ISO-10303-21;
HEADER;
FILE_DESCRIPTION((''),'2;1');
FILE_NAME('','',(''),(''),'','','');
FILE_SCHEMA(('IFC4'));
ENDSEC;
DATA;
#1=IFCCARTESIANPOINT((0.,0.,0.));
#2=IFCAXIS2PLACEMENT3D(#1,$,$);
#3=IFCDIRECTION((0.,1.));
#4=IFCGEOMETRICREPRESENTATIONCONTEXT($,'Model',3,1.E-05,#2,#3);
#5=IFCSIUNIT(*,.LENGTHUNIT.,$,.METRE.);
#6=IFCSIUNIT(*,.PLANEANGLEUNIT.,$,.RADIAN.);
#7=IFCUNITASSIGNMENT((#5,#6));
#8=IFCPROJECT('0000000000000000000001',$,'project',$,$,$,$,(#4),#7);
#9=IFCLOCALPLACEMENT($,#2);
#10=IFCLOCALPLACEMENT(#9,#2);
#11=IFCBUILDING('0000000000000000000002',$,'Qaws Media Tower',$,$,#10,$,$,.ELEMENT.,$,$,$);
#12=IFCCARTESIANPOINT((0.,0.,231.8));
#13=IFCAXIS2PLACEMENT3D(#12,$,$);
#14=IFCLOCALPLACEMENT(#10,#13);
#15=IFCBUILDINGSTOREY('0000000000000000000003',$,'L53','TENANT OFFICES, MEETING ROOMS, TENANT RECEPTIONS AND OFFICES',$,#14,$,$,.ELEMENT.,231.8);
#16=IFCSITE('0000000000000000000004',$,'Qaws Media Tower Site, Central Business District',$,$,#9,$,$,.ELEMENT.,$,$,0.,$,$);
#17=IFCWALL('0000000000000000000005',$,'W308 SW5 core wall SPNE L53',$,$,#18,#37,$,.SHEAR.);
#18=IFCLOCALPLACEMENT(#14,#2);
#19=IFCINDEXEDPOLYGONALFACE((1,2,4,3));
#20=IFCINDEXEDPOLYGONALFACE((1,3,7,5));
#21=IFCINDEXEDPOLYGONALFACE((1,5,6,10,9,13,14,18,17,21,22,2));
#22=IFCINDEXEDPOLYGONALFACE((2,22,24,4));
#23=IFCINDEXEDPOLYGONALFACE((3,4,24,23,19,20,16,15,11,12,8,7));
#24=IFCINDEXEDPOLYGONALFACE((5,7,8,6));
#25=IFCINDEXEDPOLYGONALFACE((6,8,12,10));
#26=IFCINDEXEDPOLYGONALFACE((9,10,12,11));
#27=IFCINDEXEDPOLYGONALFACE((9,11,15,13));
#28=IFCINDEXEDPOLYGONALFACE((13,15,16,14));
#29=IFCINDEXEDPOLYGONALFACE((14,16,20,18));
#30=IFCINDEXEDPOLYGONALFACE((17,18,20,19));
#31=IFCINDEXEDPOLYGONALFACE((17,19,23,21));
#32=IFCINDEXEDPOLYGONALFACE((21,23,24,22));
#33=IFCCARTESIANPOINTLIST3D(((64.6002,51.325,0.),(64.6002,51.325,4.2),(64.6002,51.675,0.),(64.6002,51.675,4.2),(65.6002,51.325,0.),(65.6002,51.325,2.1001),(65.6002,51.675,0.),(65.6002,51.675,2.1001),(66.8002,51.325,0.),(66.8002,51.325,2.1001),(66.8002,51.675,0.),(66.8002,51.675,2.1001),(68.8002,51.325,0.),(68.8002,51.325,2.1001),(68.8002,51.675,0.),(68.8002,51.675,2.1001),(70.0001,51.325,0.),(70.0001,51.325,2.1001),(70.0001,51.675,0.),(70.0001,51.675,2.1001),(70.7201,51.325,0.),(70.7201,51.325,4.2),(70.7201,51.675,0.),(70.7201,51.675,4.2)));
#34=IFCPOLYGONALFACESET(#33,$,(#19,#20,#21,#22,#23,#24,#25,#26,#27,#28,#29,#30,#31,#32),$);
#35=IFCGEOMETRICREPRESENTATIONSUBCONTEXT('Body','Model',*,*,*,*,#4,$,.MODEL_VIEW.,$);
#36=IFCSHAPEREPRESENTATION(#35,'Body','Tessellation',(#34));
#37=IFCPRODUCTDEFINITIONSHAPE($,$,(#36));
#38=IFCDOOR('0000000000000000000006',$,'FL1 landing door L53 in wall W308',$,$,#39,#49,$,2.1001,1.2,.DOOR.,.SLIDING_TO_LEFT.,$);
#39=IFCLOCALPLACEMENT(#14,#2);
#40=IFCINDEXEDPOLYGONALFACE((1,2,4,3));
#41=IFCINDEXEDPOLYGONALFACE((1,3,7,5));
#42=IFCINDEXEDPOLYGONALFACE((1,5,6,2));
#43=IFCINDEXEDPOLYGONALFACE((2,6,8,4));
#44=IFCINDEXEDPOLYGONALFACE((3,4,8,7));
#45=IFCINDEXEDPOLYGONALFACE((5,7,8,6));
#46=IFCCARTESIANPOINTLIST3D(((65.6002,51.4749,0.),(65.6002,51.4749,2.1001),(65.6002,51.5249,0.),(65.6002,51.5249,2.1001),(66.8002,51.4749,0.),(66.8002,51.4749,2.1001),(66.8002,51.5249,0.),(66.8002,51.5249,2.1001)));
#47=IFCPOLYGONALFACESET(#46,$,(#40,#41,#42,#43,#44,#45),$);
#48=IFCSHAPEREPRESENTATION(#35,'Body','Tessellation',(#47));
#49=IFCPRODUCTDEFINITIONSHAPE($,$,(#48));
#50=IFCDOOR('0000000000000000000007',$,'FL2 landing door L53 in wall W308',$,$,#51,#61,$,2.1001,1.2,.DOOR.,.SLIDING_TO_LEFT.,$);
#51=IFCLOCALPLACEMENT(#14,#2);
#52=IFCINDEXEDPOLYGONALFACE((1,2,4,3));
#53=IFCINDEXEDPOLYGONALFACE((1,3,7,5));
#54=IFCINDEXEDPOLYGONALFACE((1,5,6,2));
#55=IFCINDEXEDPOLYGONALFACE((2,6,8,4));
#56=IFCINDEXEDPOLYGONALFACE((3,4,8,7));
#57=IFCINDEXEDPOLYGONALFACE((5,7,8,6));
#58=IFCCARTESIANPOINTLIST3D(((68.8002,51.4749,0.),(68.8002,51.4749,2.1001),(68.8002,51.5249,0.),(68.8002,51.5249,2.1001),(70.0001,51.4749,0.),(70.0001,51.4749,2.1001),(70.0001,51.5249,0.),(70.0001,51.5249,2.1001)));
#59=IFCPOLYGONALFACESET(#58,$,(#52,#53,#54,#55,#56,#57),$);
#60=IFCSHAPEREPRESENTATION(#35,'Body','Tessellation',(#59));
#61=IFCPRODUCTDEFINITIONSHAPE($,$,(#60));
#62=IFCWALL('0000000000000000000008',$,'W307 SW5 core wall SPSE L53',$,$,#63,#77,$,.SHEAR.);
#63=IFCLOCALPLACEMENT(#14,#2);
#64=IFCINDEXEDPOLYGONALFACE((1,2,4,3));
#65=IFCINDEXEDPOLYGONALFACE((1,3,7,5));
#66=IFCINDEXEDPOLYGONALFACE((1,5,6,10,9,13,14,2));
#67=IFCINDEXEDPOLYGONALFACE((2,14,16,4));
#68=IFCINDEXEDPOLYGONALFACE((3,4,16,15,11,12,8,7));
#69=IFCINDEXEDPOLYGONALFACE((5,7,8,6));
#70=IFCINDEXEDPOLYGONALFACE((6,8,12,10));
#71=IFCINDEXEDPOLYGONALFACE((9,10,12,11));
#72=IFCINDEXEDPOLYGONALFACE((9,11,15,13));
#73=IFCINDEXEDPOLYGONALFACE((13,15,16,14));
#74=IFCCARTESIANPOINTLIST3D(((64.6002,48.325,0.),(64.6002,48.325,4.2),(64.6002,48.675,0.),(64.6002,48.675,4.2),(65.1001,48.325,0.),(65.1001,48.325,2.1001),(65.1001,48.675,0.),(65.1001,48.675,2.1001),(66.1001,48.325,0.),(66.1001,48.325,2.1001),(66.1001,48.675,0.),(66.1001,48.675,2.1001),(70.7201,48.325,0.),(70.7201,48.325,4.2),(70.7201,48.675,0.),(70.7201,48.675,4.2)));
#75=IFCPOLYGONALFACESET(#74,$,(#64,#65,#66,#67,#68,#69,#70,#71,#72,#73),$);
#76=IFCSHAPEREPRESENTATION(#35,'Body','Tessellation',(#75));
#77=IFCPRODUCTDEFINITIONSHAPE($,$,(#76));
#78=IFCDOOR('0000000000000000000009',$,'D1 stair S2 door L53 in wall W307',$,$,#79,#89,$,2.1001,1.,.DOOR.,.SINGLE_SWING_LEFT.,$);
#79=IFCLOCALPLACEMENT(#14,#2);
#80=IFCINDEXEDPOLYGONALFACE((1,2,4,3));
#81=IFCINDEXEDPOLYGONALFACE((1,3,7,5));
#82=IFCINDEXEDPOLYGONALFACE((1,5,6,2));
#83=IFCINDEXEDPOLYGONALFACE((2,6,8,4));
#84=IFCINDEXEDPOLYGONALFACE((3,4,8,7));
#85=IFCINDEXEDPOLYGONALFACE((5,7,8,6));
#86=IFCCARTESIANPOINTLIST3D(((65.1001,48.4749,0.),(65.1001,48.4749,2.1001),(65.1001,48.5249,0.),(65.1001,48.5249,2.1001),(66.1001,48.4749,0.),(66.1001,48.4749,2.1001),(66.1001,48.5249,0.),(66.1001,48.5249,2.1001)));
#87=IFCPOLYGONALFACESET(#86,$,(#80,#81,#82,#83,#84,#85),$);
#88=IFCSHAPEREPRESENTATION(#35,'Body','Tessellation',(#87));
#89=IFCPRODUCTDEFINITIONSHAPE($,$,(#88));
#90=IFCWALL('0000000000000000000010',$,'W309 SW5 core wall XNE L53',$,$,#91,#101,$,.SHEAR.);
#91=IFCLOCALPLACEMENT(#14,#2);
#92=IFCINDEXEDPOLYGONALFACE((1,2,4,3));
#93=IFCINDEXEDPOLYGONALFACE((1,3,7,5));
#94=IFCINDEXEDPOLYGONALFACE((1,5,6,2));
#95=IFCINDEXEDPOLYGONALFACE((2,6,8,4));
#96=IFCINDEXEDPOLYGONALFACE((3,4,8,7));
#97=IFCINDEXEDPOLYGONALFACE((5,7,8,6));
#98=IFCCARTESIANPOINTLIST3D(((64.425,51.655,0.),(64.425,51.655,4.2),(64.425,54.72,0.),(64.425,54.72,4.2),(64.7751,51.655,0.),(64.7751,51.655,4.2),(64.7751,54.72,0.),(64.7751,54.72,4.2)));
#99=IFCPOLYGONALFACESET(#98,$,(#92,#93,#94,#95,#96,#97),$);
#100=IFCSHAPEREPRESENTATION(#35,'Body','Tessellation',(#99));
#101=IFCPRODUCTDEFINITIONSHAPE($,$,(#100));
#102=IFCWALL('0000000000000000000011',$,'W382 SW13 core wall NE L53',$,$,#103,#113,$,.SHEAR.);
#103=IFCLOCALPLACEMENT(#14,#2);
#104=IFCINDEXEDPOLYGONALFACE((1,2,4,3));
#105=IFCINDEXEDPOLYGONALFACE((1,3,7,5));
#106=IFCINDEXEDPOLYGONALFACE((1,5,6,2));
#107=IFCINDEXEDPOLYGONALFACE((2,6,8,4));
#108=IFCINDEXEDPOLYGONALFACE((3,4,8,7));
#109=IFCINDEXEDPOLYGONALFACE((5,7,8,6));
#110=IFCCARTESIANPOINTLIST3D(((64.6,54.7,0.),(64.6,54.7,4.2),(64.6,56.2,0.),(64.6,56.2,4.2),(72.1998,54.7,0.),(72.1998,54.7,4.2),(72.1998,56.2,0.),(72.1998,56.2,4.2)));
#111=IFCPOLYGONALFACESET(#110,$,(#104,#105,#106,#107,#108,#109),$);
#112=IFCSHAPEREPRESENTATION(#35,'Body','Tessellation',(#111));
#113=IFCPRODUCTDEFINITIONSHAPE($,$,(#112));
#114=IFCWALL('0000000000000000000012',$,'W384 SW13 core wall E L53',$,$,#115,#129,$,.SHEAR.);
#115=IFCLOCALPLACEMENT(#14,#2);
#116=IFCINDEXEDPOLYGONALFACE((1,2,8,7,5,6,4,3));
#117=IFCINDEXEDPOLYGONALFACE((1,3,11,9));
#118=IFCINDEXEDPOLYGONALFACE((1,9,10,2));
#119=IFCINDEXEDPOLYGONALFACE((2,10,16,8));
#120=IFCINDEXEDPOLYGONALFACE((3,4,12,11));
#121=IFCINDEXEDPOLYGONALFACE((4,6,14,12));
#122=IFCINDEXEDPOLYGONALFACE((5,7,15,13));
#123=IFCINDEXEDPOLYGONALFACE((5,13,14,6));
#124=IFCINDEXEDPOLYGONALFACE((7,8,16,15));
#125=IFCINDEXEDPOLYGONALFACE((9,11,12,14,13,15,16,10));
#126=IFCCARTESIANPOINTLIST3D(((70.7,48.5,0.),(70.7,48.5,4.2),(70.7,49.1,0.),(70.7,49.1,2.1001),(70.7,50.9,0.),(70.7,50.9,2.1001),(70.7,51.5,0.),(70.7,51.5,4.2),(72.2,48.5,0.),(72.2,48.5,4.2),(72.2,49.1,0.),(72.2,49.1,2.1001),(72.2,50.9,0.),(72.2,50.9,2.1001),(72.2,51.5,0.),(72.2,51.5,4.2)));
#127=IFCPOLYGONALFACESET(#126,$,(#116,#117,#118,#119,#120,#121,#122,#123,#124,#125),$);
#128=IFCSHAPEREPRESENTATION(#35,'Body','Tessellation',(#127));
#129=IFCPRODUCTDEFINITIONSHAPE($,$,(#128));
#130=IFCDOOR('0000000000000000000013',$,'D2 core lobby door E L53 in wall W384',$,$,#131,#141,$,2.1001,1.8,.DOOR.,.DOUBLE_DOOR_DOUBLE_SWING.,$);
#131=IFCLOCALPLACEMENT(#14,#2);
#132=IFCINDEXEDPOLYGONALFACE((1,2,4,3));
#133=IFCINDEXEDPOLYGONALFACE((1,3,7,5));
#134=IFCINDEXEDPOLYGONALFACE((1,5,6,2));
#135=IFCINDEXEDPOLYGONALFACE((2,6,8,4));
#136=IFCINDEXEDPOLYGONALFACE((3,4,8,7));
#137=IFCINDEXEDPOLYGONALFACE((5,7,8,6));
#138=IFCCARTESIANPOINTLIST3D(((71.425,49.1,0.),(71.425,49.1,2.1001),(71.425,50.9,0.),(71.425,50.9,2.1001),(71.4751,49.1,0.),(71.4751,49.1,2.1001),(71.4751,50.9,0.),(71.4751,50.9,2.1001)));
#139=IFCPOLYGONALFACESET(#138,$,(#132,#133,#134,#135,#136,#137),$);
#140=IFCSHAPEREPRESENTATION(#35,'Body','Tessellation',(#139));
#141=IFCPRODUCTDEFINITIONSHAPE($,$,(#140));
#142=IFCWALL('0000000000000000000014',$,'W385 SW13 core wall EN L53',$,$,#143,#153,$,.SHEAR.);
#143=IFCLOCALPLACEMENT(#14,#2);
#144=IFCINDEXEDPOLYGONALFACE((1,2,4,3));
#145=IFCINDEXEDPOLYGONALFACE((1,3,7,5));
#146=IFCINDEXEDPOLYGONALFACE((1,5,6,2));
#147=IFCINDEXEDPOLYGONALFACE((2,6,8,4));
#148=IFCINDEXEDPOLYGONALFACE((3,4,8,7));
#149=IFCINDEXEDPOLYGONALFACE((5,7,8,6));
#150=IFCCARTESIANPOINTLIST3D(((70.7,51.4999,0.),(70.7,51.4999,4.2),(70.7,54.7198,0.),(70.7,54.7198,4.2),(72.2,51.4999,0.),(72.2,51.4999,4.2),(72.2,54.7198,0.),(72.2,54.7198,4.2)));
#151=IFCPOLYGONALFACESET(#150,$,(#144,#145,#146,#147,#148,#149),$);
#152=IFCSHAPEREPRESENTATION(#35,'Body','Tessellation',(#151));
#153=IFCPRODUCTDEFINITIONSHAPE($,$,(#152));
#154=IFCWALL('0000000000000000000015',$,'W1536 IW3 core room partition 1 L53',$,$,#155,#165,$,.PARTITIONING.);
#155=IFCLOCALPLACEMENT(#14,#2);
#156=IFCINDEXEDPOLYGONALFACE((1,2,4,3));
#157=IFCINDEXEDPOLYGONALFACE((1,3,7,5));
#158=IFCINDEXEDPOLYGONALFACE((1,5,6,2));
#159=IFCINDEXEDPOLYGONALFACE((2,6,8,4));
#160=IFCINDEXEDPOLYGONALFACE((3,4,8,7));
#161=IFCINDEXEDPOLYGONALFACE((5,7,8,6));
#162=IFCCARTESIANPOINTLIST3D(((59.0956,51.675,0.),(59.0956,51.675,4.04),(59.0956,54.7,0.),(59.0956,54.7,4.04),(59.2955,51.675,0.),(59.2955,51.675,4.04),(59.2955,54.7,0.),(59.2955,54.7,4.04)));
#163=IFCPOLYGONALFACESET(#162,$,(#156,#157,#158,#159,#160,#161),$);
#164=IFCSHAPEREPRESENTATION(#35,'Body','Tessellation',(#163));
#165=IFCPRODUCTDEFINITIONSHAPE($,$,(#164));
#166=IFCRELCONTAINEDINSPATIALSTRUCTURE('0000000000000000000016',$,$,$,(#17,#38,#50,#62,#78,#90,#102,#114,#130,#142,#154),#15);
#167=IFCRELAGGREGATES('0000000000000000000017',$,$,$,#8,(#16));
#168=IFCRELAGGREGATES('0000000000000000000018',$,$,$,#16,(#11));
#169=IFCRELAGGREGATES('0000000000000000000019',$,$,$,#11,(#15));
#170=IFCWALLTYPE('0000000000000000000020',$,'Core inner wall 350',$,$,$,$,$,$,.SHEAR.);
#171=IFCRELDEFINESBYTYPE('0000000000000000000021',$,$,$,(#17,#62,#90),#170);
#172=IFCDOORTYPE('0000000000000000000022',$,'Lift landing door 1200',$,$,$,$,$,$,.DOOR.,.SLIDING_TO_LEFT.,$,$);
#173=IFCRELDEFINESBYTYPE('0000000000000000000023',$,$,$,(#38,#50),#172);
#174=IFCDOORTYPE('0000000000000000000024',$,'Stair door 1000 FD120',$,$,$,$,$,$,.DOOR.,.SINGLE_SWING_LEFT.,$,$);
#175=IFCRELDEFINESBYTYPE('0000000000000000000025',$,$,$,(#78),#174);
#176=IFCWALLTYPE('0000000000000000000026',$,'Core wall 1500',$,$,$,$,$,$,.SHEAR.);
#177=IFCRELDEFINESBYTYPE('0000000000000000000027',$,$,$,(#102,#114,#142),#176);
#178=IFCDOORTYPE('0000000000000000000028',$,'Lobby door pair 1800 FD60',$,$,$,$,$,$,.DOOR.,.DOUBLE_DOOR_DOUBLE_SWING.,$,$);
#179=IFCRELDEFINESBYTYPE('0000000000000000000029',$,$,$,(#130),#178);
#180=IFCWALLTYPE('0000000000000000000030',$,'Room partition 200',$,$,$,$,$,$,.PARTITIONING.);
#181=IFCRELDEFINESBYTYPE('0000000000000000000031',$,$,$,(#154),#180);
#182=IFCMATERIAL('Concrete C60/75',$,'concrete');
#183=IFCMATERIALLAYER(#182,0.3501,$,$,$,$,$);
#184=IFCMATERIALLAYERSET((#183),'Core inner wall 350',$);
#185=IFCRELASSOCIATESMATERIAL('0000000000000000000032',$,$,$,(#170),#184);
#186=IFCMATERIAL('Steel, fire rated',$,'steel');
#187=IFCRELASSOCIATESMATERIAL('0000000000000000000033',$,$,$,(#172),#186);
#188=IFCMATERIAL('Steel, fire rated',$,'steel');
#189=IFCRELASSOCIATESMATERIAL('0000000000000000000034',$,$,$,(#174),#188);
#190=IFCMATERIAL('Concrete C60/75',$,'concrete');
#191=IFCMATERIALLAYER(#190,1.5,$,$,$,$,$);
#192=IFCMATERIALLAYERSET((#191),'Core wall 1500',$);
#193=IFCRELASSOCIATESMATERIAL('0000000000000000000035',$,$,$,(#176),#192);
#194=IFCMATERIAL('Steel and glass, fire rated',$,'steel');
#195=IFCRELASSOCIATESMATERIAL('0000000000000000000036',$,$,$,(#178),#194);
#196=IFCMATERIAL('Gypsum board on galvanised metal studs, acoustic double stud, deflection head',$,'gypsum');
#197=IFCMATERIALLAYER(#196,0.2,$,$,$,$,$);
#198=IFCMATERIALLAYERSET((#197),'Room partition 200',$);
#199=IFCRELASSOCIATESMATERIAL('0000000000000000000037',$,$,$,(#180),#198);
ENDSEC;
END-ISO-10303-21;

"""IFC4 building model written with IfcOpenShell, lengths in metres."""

from ifc_helpers import new_model, si_unit, direction, frame, frame_2d, origin, place, context, subcontext, project, spatial, rectangle, extrude, material, layer, layer_set, type_object, element, fill, save


model = new_model("IFC4")

# Units and contexts
model_context = context("Model", 3, precision=1e-05, world=origin(), true_north=direction((0.0, 1.0)))
body_context = subcontext(model_context, "Body", "Model", "MODEL_VIEW")
ifc_project = project(units=[si_unit("LENGTHUNIT", "METRE"), si_unit("PLANEANGLEUNIT", "RADIAN")], contexts=[model_context])

# Site, building, storey
site_placement = place(None, origin())
site = spatial("IfcSite", under=ifc_project, at=site_placement, Name="Qaws Media Tower Site, Central Business District", CompositionType="ELEMENT", RefElevation=0.0)
building_placement = place(site_placement, origin())
building = spatial("IfcBuilding", under=site, at=building_placement, Name="Qaws Media Tower", CompositionType="ELEMENT")
storey_placement = place(building_placement, frame((0.0, 0.0, 231.8)))
storey = spatial("IfcBuildingStorey", under=building, at=storey_placement, Name="L53", Description="TENANT OFFICES, MEETING ROOMS, TENANT RECEPTIONS AND OFFICES", CompositionType="ELEMENT", Elevation=231.8)

# Wall, openings, doors
ifc_material_1 = material(Name="Concrete C60/75", Category="concrete")
ifc_layer_1 = layer(ifc_material_1, 0.3501)
ifc_layer_set_1 = layer_set([ifc_layer_1], Name="Core inner wall 350")
wall_type_1 = type_object("IfcWallType", Name="Core inner wall 350", PredefinedType="SHEAR", material=ifc_layer_set_1)
wall_1_placement = place(storey_placement, frame((64.6001, 51.5, 0.0), z_axis=(0.0, 0.0, 1.0), x_axis=(1.0, 0.0, 0.0)))
wall_1 = element("IfcWall", 1, at=wall_1_placement, inside=storey, type_object=wall_type_1, Name="W308 SW5 core wall SPNE L53", PredefinedType="SHEAR", context=body_context, shape_type="SweptSolid", body=[
    extrude(rectangle(XDim=6.1199, YDim=0.3501, at=frame_2d((3.0601, 0.0))), origin(), (0.0, 0.0, 1.0), 4.2),
])
opening_1_placement = place(wall_1_placement, frame((1.0, 0.0, 0.0)))
opening_1 = element("IfcOpeningElement", 2, at=opening_1_placement, cuts=wall_1, PredefinedType="OPENING", context=body_context, shape_type="SweptSolid", body=[
    extrude(rectangle(XDim=1.2, YDim=2.1001, at=frame_2d((0.6001, 1.05))), frame((0.0, 0.1851, 0.0), z_axis=(0.0, -1.0, 0.0), x_axis=(1.0, 0.0, 0.0)), (0.0, 0.0, 1.0), 0.3701),
])
opening_2_placement = place(wall_1_placement, frame((4.2, 0.0, 0.0)))
opening_2 = element("IfcOpeningElement", 3, at=opening_2_placement, cuts=wall_1, PredefinedType="OPENING", context=body_context, shape_type="SweptSolid", body=[
    extrude(rectangle(XDim=1.2, YDim=2.1001, at=frame_2d((0.6001, 1.05))), frame((0.0, 0.1851, 0.0), z_axis=(0.0, -1.0, 0.0), x_axis=(1.0, 0.0, 0.0)), (0.0, 0.0, 1.0), 0.3701),
])
ifc_material_2 = material(Name="Steel, fire rated", Category="steel")
door_type_1 = type_object("IfcDoorType", Name="Lift landing door 1200", OperationType="SLIDING_TO_LEFT", PredefinedType="DOOR", material=ifc_material_2)
door_1_placement = place(opening_1_placement, origin())
door_1 = element("IfcDoor", 4, at=door_1_placement, inside=storey, type_object=door_type_1, Name="FL1 landing door L53 in wall W308", OperationType="SLIDING_TO_LEFT", OverallHeight=2.1001, OverallWidth=1.2, PredefinedType="DOOR", context=body_context, shape_type="SweptSolid", body=[
    extrude(rectangle(XDim=1.2, YDim=2.1001, at=frame_2d((0.6001, 1.05))), frame((0.0, 0.0249, 0.0), z_axis=(0.0, -1.0, 0.0), x_axis=(1.0, 0.0, 0.0)), (0.0, 0.0, 1.0), 0.05),
])
fill(opening_1, door_1)
door_2_placement = place(opening_2_placement, origin())
door_2 = element("IfcDoor", 5, at=door_2_placement, inside=storey, type_object=door_type_1, Name="FL2 landing door L53 in wall W308", OperationType="SLIDING_TO_LEFT", OverallHeight=2.1001, OverallWidth=1.2, PredefinedType="DOOR", context=body_context, shape_type="SweptSolid", body=[
    extrude(rectangle(XDim=1.2, YDim=2.1001, at=frame_2d((0.6001, 1.05))), frame((0.0, 0.0249, 0.0), z_axis=(0.0, -1.0, 0.0), x_axis=(1.0, 0.0, 0.0)), (0.0, 0.0, 1.0), 0.05),
])
fill(opening_2, door_2)

# Wall, opening, door
wall_2_placement = place(storey_placement, frame((64.6001, 48.5, 0.0), z_axis=(0.0, 0.0, 1.0), x_axis=(1.0, 0.0, 0.0)))
wall_2 = element("IfcWall", 6, at=wall_2_placement, inside=storey, type_object=wall_type_1, Name="W307 SW5 core wall SPSE L53", PredefinedType="SHEAR", context=body_context, shape_type="SweptSolid", body=[
    extrude(rectangle(XDim=6.1199, YDim=0.3501, at=frame_2d((3.0601, 0.0))), origin(), (0.0, 0.0, 1.0), 4.2),
])
opening_3_placement = place(wall_2_placement, frame((0.5, 0.0, 0.0)))
opening_3 = element("IfcOpeningElement", 7, at=opening_3_placement, cuts=wall_2, PredefinedType="OPENING", context=body_context, shape_type="SweptSolid", body=[
    extrude(rectangle(XDim=1.0, YDim=2.1001, at=frame_2d((0.5, 1.05))), frame((0.0, 0.1851, 0.0), z_axis=(0.0, -1.0, 0.0), x_axis=(1.0, 0.0, 0.0)), (0.0, 0.0, 1.0), 0.3701),
])
ifc_material_3 = material(Name="Steel, fire rated", Category="steel")
door_type_2 = type_object("IfcDoorType", Name="Stair door 1000 FD120", OperationType="SINGLE_SWING_LEFT", PredefinedType="DOOR", material=ifc_material_3)
door_3_placement = place(opening_3_placement, origin())
door_3 = element("IfcDoor", 8, at=door_3_placement, inside=storey, type_object=door_type_2, Name="D1 stair S2 door L53 in wall W307", OperationType="SINGLE_SWING_LEFT", OverallHeight=2.1001, OverallWidth=1.0, PredefinedType="DOOR", context=body_context, shape_type="SweptSolid", body=[
    extrude(rectangle(XDim=1.0, YDim=2.1001, at=frame_2d((0.5, 1.05))), frame((0.0, 0.0249, 0.0), z_axis=(0.0, -1.0, 0.0), x_axis=(1.0, 0.0, 0.0)), (0.0, 0.0, 1.0), 0.05),
])
fill(opening_3, door_3)

# Walls
wall_3_placement = place(storey_placement, frame((64.6001, 51.655, 0.0), z_axis=(0.0, 0.0, 1.0), x_axis=(0.0, 1.0, 0.0)))
element("IfcWall", 9, at=wall_3_placement, inside=storey, type_object=wall_type_1, Name="W309 SW5 core wall XNE L53", PredefinedType="SHEAR", context=body_context, shape_type="SweptSolid", body=[
    extrude(rectangle(XDim=3.0649, YDim=0.3501, at=frame_2d((1.5325, 0.0))), origin(), (0.0, 0.0, 1.0), 4.2),
])
ifc_material_4 = material(Name="Concrete C60/75", Category="concrete")
ifc_layer_2 = layer(ifc_material_4, 1.5)
ifc_layer_set_2 = layer_set([ifc_layer_2], Name="Core wall 1500")
wall_type_2 = type_object("IfcWallType", Name="Core wall 1500", PredefinedType="SHEAR", material=ifc_layer_set_2)
wall_4_placement = place(storey_placement, frame((64.6001, 55.45, 0.0), z_axis=(0.0, 0.0, 1.0), x_axis=(1.0, 0.0, 0.0)))
element("IfcWall", 10, at=wall_4_placement, inside=storey, type_object=wall_type_2, Name="W382 SW13 core wall NE L53", PredefinedType="SHEAR", context=body_context, shape_type="SweptSolid", body=[
    extrude(rectangle(XDim=7.5999, YDim=1.5, at=frame_2d((3.7998, 0.0))), origin(), (0.0, 0.0, 1.0), 4.2),
])

# Wall, opening, door
wall_5_placement = place(storey_placement, frame((71.45, 48.5, 0.0), z_axis=(0.0, 0.0, 1.0), x_axis=(0.0, 1.0, 0.0)))
wall_5 = element("IfcWall", 11, at=wall_5_placement, inside=storey, type_object=wall_type_2, Name="W384 SW13 core wall E L53", PredefinedType="SHEAR", context=body_context, shape_type="SweptSolid", body=[
    extrude(rectangle(XDim=3.0, YDim=1.5, at=frame_2d((1.5, 0.0))), origin(), (0.0, 0.0, 1.0), 4.2),
])
opening_4_placement = place(wall_5_placement, frame((0.6001, 0.0, 0.0)))
opening_4 = element("IfcOpeningElement", 12, at=opening_4_placement, cuts=wall_5, PredefinedType="OPENING", context=body_context, shape_type="SweptSolid", body=[
    extrude(rectangle(XDim=1.8, YDim=2.1001, at=frame_2d((0.8999, 1.05))), frame((0.0, 0.76, 0.0), z_axis=(0.0, -1.0, 0.0), x_axis=(1.0, 0.0, 0.0)), (0.0, 0.0, 1.0), 1.52),
])
ifc_material_5 = material(Name="Steel and glass, fire rated", Category="steel")
door_type_3 = type_object("IfcDoorType", Name="Lobby door pair 1800 FD60", OperationType="DOUBLE_DOOR_DOUBLE_SWING", PredefinedType="DOOR", material=ifc_material_5)
door_4_placement = place(opening_4_placement, origin())
door_4 = element("IfcDoor", 13, at=door_4_placement, inside=storey, type_object=door_type_3, Name="D2 core lobby door E L53 in wall W384", OperationType="DOUBLE_DOOR_DOUBLE_SWING", OverallHeight=2.1001, OverallWidth=1.8, PredefinedType="DOOR", context=body_context, shape_type="SweptSolid", body=[
    extrude(rectangle(XDim=1.8, YDim=2.1001, at=frame_2d((0.8999, 1.05))), frame((0.0, 0.0249, 0.0), z_axis=(0.0, -1.0, 0.0), x_axis=(1.0, 0.0, 0.0)), (0.0, 0.0, 1.0), 0.05),
])
fill(opening_4, door_4)

# Walls
wall_6_placement = place(storey_placement, frame((71.45, 51.5, 0.0), z_axis=(0.0, 0.0, 1.0), x_axis=(0.0, 1.0, 0.0)))
element("IfcWall", 14, at=wall_6_placement, inside=storey, type_object=wall_type_2, Name="W385 SW13 core wall EN L53", PredefinedType="SHEAR", context=body_context, shape_type="SweptSolid", body=[
    extrude(rectangle(XDim=3.22, YDim=1.5, at=frame_2d((1.6099, 0.0))), origin(), (0.0, 0.0, 1.0), 4.2),
])
ifc_material_6 = material(Name="Gypsum board on galvanised metal studs, acoustic double stud, deflection head", Category="gypsum")
ifc_layer_3 = layer(ifc_material_6, 0.2)
ifc_layer_set_3 = layer_set([ifc_layer_3], Name="Room partition 200")
wall_type_3 = type_object("IfcWallType", Name="Room partition 200", PredefinedType="PARTITIONING", material=ifc_layer_set_3)
wall_7_placement = place(storey_placement, frame((59.1956, 51.675, 0.0), z_axis=(0.0, 0.0, 1.0), x_axis=(0.0, 1.0, 0.0)))
element("IfcWall", 15, at=wall_7_placement, inside=storey, type_object=wall_type_3, Name="W1536 IW3 core room partition 1 L53", PredefinedType="PARTITIONING", context=body_context, shape_type="SweptSolid", body=[
    extrude(rectangle(XDim=3.0249, YDim=0.2, at=frame_2d((1.5125, 0.0))), origin(), (0.0, 0.0, 1.0), 4.04),
])

save(model, "model.ifc")
